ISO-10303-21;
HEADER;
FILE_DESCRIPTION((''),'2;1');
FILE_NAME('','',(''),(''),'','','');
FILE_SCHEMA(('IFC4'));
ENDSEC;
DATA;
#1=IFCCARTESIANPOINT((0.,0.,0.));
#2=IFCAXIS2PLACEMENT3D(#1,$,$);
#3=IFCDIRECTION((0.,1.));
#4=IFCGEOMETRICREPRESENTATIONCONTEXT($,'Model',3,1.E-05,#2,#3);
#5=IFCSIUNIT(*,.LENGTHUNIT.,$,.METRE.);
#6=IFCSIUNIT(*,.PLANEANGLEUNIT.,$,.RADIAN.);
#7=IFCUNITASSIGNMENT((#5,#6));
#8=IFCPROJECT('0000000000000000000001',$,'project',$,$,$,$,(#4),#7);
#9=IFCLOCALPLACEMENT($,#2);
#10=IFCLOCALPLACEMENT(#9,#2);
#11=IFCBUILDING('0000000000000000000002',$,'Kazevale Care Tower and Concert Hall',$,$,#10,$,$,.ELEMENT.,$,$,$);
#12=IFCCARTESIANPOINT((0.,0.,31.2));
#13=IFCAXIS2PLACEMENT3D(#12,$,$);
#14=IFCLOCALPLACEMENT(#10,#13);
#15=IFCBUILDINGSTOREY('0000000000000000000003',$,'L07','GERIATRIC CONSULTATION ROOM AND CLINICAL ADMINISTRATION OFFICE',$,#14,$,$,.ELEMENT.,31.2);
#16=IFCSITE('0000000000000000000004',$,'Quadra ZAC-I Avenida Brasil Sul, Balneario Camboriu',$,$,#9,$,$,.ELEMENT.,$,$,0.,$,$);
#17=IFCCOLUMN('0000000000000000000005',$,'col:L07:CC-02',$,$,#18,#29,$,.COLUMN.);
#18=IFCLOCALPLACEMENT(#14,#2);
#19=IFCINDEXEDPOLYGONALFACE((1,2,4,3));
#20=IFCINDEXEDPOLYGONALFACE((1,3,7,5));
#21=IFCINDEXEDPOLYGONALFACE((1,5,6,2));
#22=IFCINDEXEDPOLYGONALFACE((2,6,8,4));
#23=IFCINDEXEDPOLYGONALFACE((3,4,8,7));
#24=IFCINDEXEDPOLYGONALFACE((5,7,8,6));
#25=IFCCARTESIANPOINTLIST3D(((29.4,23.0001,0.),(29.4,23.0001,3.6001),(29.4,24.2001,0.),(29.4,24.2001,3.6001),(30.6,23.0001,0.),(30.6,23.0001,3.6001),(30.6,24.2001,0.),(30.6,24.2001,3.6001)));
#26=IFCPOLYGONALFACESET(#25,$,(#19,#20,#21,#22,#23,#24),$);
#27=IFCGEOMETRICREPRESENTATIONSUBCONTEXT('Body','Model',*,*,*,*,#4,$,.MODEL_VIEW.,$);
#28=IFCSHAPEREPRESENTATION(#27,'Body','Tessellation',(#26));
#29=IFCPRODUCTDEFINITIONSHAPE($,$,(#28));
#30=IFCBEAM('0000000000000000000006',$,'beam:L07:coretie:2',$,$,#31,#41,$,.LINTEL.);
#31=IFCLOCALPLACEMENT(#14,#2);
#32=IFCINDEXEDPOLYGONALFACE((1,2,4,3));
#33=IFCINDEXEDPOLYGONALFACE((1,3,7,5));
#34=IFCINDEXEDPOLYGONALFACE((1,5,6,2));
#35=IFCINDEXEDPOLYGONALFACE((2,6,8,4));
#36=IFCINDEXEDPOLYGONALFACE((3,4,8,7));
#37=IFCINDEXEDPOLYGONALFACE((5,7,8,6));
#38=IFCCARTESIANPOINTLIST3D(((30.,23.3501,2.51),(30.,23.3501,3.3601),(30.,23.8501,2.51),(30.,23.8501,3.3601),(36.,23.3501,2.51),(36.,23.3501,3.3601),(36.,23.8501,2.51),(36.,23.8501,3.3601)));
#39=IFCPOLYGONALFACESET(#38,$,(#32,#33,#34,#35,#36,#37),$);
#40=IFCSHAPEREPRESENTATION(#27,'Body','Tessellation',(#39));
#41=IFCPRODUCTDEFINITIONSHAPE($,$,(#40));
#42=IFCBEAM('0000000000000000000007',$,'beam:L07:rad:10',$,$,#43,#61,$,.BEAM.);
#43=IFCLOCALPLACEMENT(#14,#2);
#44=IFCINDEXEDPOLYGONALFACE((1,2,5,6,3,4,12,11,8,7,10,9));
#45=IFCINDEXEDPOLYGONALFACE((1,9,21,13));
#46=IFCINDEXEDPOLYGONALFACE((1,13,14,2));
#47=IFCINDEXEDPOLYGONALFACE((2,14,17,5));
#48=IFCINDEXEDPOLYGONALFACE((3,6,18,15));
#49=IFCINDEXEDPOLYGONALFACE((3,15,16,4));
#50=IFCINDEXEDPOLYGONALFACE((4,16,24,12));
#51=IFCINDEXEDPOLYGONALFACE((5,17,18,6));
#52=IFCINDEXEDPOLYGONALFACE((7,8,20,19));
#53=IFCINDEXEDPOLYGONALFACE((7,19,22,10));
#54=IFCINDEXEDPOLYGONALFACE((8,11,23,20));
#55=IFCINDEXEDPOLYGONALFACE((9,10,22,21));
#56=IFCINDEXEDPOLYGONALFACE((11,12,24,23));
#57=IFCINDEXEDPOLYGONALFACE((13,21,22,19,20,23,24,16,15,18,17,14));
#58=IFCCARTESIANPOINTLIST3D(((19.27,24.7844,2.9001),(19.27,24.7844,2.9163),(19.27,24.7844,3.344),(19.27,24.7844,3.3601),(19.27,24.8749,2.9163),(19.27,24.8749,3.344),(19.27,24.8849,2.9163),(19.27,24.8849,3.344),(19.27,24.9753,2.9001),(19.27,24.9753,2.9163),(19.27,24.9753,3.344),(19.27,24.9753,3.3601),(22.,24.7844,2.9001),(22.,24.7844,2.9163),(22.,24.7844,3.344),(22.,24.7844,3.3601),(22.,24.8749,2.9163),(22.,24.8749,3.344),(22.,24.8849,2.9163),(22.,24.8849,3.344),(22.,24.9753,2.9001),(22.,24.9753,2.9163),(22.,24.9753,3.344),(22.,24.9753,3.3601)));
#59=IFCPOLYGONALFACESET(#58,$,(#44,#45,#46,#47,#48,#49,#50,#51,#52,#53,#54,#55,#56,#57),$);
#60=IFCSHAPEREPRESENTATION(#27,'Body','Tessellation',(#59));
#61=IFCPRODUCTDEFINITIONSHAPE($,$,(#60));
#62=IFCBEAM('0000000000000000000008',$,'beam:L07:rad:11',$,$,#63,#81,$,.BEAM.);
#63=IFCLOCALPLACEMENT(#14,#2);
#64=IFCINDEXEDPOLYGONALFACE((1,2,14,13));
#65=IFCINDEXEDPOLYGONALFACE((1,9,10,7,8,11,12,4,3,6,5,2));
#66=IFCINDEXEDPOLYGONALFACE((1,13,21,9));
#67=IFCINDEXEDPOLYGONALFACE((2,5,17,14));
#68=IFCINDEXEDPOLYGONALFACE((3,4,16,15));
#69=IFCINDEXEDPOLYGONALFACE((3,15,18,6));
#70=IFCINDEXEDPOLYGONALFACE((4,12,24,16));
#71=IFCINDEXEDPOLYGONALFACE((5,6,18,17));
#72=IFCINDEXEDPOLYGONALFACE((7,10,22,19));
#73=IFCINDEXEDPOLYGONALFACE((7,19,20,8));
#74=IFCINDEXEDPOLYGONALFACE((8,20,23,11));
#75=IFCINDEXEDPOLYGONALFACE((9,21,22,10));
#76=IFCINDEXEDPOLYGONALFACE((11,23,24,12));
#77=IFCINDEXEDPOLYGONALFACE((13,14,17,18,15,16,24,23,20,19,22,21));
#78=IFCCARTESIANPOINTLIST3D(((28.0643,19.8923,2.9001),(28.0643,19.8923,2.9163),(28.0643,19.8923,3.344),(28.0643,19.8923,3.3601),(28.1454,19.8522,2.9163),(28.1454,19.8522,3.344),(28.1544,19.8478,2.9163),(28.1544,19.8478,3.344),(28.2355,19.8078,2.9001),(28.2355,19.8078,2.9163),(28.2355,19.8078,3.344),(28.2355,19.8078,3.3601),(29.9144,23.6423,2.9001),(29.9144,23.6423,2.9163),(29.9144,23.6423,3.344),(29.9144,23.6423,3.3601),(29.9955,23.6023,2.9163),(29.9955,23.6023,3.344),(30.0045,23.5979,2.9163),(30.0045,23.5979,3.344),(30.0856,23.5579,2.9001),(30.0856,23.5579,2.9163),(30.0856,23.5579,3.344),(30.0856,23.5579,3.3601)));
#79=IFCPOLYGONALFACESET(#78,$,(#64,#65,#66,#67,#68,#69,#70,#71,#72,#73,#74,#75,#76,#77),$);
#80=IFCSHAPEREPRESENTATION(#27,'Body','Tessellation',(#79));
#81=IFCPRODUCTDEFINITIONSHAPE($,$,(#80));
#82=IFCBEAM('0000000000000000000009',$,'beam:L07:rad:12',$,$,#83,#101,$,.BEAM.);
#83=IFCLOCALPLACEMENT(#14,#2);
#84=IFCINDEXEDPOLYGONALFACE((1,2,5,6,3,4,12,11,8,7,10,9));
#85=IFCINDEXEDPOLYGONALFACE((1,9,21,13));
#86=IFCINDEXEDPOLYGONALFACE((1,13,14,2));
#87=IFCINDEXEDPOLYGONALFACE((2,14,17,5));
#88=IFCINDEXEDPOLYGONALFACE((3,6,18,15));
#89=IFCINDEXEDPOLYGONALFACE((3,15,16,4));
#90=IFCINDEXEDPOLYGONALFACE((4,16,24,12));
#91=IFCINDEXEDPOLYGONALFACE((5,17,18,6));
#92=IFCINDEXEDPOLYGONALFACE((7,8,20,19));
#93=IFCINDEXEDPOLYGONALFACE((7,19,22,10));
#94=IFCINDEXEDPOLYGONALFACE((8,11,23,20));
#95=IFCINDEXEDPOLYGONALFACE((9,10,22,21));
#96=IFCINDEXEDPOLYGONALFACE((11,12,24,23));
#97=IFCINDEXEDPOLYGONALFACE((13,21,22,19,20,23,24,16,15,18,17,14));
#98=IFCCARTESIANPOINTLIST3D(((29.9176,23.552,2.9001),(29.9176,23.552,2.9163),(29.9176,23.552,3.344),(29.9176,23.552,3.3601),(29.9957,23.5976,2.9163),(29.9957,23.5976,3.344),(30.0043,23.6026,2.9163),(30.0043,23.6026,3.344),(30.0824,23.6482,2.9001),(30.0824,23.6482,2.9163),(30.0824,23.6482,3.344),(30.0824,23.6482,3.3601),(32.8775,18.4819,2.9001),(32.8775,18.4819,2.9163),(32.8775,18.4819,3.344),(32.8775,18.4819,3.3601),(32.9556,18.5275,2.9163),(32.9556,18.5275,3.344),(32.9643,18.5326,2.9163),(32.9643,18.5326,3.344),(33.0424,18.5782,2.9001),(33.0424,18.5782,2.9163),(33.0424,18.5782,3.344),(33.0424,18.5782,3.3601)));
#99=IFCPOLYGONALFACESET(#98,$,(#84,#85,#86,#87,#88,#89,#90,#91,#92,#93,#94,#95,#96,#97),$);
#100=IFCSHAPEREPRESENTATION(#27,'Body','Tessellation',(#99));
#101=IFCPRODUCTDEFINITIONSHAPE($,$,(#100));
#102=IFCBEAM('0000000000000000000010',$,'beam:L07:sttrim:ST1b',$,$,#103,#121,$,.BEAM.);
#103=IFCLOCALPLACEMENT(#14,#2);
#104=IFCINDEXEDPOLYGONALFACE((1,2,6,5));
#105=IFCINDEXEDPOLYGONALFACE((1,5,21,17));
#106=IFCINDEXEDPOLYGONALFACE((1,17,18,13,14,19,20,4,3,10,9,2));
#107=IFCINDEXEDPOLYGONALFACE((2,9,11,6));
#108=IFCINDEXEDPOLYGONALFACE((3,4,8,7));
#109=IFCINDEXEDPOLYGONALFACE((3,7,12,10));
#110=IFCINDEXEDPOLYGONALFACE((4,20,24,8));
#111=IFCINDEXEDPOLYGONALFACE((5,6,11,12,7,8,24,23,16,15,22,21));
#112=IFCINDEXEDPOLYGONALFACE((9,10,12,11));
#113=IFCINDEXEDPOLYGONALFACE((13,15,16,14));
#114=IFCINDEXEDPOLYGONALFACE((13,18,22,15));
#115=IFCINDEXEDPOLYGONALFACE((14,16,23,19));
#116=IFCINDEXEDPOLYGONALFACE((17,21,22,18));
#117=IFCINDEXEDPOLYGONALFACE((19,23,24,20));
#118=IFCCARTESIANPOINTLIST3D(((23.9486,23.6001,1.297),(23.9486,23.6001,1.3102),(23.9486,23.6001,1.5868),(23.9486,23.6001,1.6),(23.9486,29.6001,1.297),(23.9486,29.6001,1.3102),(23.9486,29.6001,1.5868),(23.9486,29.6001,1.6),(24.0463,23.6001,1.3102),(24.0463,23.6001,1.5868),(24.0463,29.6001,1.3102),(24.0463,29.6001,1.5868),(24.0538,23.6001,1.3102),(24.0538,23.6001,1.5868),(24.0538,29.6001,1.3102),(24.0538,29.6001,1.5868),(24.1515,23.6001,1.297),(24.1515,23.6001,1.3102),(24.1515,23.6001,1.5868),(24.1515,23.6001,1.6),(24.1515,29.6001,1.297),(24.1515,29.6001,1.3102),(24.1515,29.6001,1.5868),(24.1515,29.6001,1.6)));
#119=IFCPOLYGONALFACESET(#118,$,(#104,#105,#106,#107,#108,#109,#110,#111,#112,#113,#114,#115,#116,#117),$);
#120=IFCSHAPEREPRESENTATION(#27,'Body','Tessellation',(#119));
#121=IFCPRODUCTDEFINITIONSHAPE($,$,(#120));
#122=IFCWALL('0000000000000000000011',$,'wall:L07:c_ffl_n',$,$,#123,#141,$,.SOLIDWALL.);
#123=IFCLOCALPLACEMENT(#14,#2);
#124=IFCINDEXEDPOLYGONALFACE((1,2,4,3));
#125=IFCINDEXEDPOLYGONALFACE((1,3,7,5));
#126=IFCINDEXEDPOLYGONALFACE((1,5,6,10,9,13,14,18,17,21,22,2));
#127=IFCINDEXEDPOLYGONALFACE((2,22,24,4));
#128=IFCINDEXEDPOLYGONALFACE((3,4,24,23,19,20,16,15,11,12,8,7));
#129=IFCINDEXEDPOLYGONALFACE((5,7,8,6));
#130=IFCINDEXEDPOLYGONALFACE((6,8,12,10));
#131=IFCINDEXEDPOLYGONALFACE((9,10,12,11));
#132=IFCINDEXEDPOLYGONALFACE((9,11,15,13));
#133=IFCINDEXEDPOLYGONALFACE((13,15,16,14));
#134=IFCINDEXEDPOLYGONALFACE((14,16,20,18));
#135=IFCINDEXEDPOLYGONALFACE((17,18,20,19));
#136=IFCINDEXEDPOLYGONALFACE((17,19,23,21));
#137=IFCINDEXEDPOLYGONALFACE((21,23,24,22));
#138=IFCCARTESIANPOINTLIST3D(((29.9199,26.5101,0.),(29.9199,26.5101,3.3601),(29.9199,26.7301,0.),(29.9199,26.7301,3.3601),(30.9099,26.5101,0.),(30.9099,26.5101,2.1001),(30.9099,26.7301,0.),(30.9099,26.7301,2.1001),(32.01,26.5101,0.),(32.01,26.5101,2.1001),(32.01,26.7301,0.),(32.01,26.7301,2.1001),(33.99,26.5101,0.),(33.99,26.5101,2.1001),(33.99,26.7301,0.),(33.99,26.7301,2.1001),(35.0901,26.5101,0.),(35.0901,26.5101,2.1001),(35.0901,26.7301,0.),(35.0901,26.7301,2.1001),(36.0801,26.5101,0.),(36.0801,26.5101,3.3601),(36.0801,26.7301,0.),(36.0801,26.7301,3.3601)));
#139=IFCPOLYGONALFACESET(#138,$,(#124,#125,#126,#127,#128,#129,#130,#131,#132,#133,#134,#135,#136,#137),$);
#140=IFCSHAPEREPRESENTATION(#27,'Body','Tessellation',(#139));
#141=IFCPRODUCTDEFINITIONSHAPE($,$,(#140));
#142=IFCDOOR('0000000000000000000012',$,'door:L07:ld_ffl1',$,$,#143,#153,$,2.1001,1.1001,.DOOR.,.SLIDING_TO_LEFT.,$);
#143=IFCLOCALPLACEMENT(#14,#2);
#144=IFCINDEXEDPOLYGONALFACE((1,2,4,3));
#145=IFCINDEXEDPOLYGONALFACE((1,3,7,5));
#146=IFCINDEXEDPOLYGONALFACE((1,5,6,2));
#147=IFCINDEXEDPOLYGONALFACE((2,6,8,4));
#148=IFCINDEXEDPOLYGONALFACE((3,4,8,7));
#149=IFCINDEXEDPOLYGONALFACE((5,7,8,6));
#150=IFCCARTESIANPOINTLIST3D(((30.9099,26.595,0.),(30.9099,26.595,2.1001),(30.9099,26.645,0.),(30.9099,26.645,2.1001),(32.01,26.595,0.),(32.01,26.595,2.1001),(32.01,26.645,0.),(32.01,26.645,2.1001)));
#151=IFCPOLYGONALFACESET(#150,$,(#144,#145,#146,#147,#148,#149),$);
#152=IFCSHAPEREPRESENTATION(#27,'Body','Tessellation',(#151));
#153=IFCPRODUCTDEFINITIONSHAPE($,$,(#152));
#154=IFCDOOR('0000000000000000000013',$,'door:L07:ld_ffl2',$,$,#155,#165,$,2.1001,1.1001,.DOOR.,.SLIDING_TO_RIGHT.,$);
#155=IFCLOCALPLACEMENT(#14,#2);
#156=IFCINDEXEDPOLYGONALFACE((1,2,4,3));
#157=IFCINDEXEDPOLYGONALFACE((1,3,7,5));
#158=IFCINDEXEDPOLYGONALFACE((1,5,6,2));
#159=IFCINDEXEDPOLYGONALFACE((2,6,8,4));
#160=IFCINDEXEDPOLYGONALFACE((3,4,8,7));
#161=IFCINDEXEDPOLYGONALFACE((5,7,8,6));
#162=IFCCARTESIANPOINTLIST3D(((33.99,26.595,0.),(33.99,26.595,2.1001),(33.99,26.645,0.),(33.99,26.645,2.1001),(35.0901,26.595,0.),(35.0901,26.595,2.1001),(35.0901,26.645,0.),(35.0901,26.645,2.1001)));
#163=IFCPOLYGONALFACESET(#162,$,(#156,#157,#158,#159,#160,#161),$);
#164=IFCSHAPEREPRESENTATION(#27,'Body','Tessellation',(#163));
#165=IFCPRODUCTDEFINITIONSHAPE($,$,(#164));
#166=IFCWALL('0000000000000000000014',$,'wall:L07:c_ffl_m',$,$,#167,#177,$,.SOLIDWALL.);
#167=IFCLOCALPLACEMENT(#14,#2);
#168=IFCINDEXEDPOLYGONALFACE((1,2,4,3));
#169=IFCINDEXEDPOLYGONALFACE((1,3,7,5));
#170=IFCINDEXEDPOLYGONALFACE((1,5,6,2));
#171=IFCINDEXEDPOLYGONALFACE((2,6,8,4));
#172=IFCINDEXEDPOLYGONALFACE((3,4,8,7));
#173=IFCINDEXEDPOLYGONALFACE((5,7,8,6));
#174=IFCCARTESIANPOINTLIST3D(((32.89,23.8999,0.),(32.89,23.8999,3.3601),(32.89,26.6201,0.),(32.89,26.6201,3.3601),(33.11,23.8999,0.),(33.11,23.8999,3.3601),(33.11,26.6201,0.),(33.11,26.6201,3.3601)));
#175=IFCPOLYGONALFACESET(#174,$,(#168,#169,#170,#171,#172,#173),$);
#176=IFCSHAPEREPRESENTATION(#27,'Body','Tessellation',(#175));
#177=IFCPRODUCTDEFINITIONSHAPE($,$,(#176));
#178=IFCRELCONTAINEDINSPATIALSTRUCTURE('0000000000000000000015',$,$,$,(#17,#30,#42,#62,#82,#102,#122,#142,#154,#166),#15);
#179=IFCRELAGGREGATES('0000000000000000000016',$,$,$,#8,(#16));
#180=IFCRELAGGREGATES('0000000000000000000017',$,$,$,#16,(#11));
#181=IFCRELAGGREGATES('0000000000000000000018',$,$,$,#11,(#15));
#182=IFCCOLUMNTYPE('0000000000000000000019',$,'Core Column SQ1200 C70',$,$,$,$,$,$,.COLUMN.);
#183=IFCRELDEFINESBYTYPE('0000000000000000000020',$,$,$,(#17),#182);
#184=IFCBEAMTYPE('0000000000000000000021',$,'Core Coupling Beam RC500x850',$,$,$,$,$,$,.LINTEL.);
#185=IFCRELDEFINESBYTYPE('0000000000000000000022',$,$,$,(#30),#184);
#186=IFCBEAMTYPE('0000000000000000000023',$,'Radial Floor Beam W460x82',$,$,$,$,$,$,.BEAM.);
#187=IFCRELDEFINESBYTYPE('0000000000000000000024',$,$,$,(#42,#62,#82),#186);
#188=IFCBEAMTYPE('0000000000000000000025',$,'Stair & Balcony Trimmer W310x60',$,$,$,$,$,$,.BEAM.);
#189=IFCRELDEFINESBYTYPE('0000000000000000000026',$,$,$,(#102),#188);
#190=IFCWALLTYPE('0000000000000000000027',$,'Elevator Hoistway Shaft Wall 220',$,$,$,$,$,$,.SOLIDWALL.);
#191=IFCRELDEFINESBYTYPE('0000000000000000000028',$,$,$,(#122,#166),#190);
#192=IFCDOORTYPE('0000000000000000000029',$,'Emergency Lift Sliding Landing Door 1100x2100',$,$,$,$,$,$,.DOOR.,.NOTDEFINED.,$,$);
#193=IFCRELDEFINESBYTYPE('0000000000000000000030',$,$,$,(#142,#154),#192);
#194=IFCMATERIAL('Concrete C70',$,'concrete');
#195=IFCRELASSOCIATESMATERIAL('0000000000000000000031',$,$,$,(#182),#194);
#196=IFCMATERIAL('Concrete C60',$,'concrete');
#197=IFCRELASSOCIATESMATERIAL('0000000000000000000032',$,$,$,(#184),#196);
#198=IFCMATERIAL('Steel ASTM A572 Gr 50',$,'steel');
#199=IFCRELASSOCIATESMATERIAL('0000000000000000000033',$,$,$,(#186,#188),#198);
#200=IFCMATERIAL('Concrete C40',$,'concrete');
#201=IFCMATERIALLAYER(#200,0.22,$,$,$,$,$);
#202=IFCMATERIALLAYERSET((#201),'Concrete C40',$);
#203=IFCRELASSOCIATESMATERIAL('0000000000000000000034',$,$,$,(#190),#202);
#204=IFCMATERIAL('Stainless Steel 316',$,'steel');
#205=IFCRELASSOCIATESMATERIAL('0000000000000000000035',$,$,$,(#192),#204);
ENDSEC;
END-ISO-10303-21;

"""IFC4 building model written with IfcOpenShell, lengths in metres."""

from ifc_helpers import new_model, si_unit, direction, frame, frame_2d, origin, origin_2d, place, context, subcontext, project, spatial, rectangle, i_section, extrude, material, layer, layer_set, material_profile, profile_set, type_object, element, fill, save


model = new_model("IFC4")

# Units and contexts
model_context = context("Model", 3, precision=1e-05, world=origin(), true_north=direction((0.0, 1.0)))
body_context = subcontext(model_context, "Body", "Model", "MODEL_VIEW")
ifc_project = project(units=[si_unit("LENGTHUNIT", "METRE"), si_unit("PLANEANGLEUNIT", "RADIAN")], contexts=[model_context])

# Site, building, storey
site_placement = place(None, origin())
site = spatial("IfcSite", under=ifc_project, at=site_placement, Name="Quadra ZAC-I Avenida Brasil Sul, Balneario Camboriu", CompositionType="ELEMENT", RefElevation=0.0)
building_placement = place(site_placement, origin())
building = spatial("IfcBuilding", under=site, at=building_placement, Name="Kazevale Care Tower and Concert Hall", CompositionType="ELEMENT")
storey_placement = place(building_placement, frame((0.0, 0.0, 31.2)))
storey = spatial("IfcBuildingStorey", under=building, at=storey_placement, Name="L07", Description="GERIATRIC CONSULTATION ROOM AND CLINICAL ADMINISTRATION OFFICE", CompositionType="ELEMENT", Elevation=31.2)

# Column
ifc_material_1 = material(Name="Concrete C70", Category="concrete")
ifc_material_profile_1 = material_profile(ifc_material_1, rectangle(XDim=1.2, YDim=1.2, at=origin_2d()), Name="RC-SQ1200")
ifc_profile_set_1 = profile_set([ifc_material_profile_1], Name="Concrete C70")
column_type = type_object("IfcColumnType", Name="Core Column SQ1200 C70", PredefinedType="COLUMN", material=ifc_profile_set_1)
column_placement = place(storey_placement, frame((30.0, 23.6001, 0.0), z_axis=(0.0, 0.0, 1.0), x_axis=(1.0, 0.0, 0.0)))
element("IfcColumn", 1, at=column_placement, inside=storey, type_object=column_type, Name="col:L07:CC-02", PredefinedType="COLUMN", context=body_context, shape_type="SweptSolid", body=[
    extrude(rectangle(XDim=1.2, YDim=1.2, at=origin_2d()), origin(), (0.0, 0.0, 1.0), 3.6001),
])

# Beams
ifc_material_2 = material(Name="Concrete C60", Category="concrete")
ifc_material_profile_2 = material_profile(ifc_material_2, rectangle(XDim=0.5, YDim=0.8501, at=origin_2d()), Name="RC-B500x850")
ifc_profile_set_2 = profile_set([ifc_material_profile_2], Name="Concrete C60")
beam_type_1 = type_object("IfcBeamType", Name="Core Coupling Beam RC500x850", PredefinedType="LINTEL", material=ifc_profile_set_2)
beam_1_placement = place(storey_placement, frame((30.0, 23.6001, 2.9351), z_axis=(1.0, 0.0, 0.0), x_axis=(0.0, 1.0, 0.0)))
element("IfcBeam", 2, at=beam_1_placement, inside=storey, type_object=beam_type_1, Name="beam:L07:coretie:2", PredefinedType="LINTEL", context=body_context, shape_type="SweptSolid", body=[
    extrude(rectangle(XDim=0.5, YDim=0.8501, at=origin_2d()), origin(), (0.0, 0.0, 1.0), 6.0),
])
ifc_material_3 = material(Name="Steel ASTM A572 Gr 50", Category="steel")
ifc_material_profile_3 = material_profile(ifc_material_3, i_section(OverallWidth=0.1909, OverallDepth=0.46, WebThickness=0.01, FlangeThickness=0.0161, at=origin_2d()), Name="W460x82")
ifc_profile_set_3 = profile_set([ifc_material_profile_3], Name="Steel ASTM A572 Gr 50")
beam_type_2 = type_object("IfcBeamType", Name="Radial Floor Beam W460x82", PredefinedType="BEAM", material=ifc_profile_set_3)
beam_2_placement = place(storey_placement, frame((22.0, 24.8799, 3.1301), z_axis=(-1.0, 0.0, 0.0), x_axis=(0.0, -1.0, 0.0)))
element("IfcBeam", 3, at=beam_2_placement, inside=storey, type_object=beam_type_2, Name="beam:L07:rad:10", PredefinedType="BEAM", context=body_context, shape_type="SweptSolid", body=[
    extrude(i_section(OverallWidth=0.1909, OverallDepth=0.46, WebThickness=0.01, FlangeThickness=0.0161, at=origin_2d()), origin(), (0.0, 0.0, 1.0), 2.73),
])
beam_3_placement = place(storey_placement, frame((30.0, 23.6001, 3.1301), z_axis=(-0.442443, -0.896797, 0.0), x_axis=(0.896797, -0.442443, 0.0)))
element("IfcBeam", 4, at=beam_3_placement, inside=storey, type_object=beam_type_2, Name="beam:L07:rad:11", PredefinedType="BEAM", context=body_context, shape_type="SweptSolid", body=[
    extrude(i_section(OverallWidth=0.1909, OverallDepth=0.46, WebThickness=0.01, FlangeThickness=0.0161, at=origin_2d()), origin(), (0.0, 0.0, 1.0), 4.1816),
])
beam_4_placement = place(storey_placement, frame((30.0, 23.6001, 3.1301), z_axis=(0.504179, -0.863599, 0.0), x_axis=(0.863599, 0.504179, 0.0)))
element("IfcBeam", 5, at=beam_4_placement, inside=storey, type_object=beam_type_2, Name="beam:L07:rad:12", PredefinedType="BEAM", context=body_context, shape_type="SweptSolid", body=[
    extrude(i_section(OverallWidth=0.1909, OverallDepth=0.46, WebThickness=0.01, FlangeThickness=0.0161, at=origin_2d()), origin(), (0.0, 0.0, 1.0), 5.8708),
])
ifc_material_profile_4 = material_profile(ifc_material_3, i_section(OverallWidth=0.2029, OverallDepth=0.303, WebThickness=0.0076, FlangeThickness=0.0132, at=origin_2d()), Name="W310x60")
ifc_profile_set_4 = profile_set([ifc_material_profile_4], Name="Steel ASTM A572 Gr 50")
beam_type_3 = type_object("IfcBeamType", Name="Stair & Balcony Trimmer W310x60", PredefinedType="BEAM", material=ifc_profile_set_4)
beam_5_placement = place(storey_placement, frame((24.05, 23.6001, 1.4485), z_axis=(0.0, 1.0, 0.0), x_axis=(-1.0, 0.0, 0.0)))
element("IfcBeam", 6, at=beam_5_placement, inside=storey, type_object=beam_type_3, Name="beam:L07:sttrim:ST1b", PredefinedType="BEAM", context=body_context, shape_type="SweptSolid", body=[
    extrude(i_section(OverallWidth=0.2029, OverallDepth=0.303, WebThickness=0.0076, FlangeThickness=0.0132, at=origin_2d()), origin(), (0.0, 0.0, 1.0), 6.0),
])

# Wall, openings, doors
ifc_material_4 = material(Name="Concrete C40", Category="concrete")
ifc_layer_1 = layer(ifc_material_4, 0.22)
ifc_layer_set_1 = layer_set([ifc_layer_1], Name="Concrete C40")
wall_type_1 = type_object("IfcWallType", Name="Elevator Hoistway Shaft Wall 220", PredefinedType="SOLIDWALL", material=ifc_layer_set_1)
wall_1_placement = place(storey_placement, frame((29.9199, 26.6201, 0.0), z_axis=(0.0, 0.0, 1.0), x_axis=(1.0, 0.0, 0.0)))
wall_1 = element("IfcWall", 7, at=wall_1_placement, inside=storey, type_object=wall_type_1, Name="wall:L07:c_ffl_n", PredefinedType="SOLIDWALL", context=body_context, shape_type="SweptSolid", body=[
    extrude(rectangle(XDim=6.1602, YDim=0.22, at=frame_2d((3.0801, 0.0))), origin(), (0.0, 0.0, 1.0), 3.3601),
])
opening_1_placement = place(wall_1_placement, frame((0.99, 0.0, 0.0)))
opening_1 = element("IfcOpeningElement", 8, at=opening_1_placement, cuts=wall_1, PredefinedType="OPENING", context=body_context, shape_type="SweptSolid", body=[
    extrude(rectangle(XDim=1.1001, YDim=2.1001, at=frame_2d((0.55, 1.05))), frame((0.0, 0.1199, 0.0), z_axis=(0.0, -1.0, 0.0), x_axis=(1.0, 0.0, 0.0)), (0.0, 0.0, 1.0), 0.24),
])
opening_2_placement = place(wall_1_placement, frame((4.0701, 0.0, 0.0)))
opening_2 = element("IfcOpeningElement", 9, at=opening_2_placement, cuts=wall_1, PredefinedType="OPENING", context=body_context, shape_type="SweptSolid", body=[
    extrude(rectangle(XDim=1.1001, YDim=2.1001, at=frame_2d((0.55, 1.05))), frame((0.0, 0.1199, 0.0), z_axis=(0.0, -1.0, 0.0), x_axis=(1.0, 0.0, 0.0)), (0.0, 0.0, 1.0), 0.24),
])
ifc_material_5 = material(Name="Stainless Steel 316", Category="steel")
door_type_1 = type_object("IfcDoorType", Name="Emergency Lift Sliding Landing Door 1100x2100", OperationType="NOTDEFINED", PredefinedType="DOOR", material=ifc_material_5)
door_1_placement = place(opening_1_placement, origin())
door_1 = element("IfcDoor", 10, at=door_1_placement, inside=storey, type_object=door_type_1, Name="door:L07:ld_ffl1", OperationType="SLIDING_TO_LEFT", OverallHeight=2.1001, OverallWidth=1.1001, PredefinedType="DOOR", context=body_context, shape_type="SweptSolid", body=[
    extrude(rectangle(XDim=1.1001, YDim=2.1001, at=frame_2d((0.55, 1.05))), frame((0.0, 0.0249, 0.0), z_axis=(0.0, -1.0, 0.0), x_axis=(1.0, 0.0, 0.0)), (0.0, 0.0, 1.0), 0.05),
])
fill(opening_1, door_1)
door_2_placement = place(opening_2_placement, origin())
door_2 = element("IfcDoor", 11, at=door_2_placement, inside=storey, type_object=door_type_1, Name="door:L07:ld_ffl2", OperationType="SLIDING_TO_RIGHT", OverallHeight=2.1001, OverallWidth=1.1001, PredefinedType="DOOR", context=body_context, shape_type="SweptSolid", body=[
    extrude(rectangle(XDim=1.1001, YDim=2.1001, at=frame_2d((0.55, 1.05))), frame((0.0, 0.0249, 0.0), z_axis=(0.0, -1.0, 0.0), x_axis=(1.0, 0.0, 0.0)), (0.0, 0.0, 1.0), 0.05),
])
fill(opening_2, door_2)

# Wall
wall_2_placement = place(storey_placement, frame((33.0, 23.8999, 0.0), z_axis=(0.0, 0.0, 1.0), x_axis=(0.0, 1.0, 0.0)))
element("IfcWall", 12, at=wall_2_placement, inside=storey, type_object=wall_type_1, Name="wall:L07:c_ffl_m", PredefinedType="SOLIDWALL", context=body_context, shape_type="SweptSolid", body=[
    extrude(rectangle(XDim=2.7202, YDim=0.22, at=frame_2d((1.3601, 0.0))), origin(), (0.0, 0.0, 1.0), 3.3601),
])

save(model, "model.ifc")
